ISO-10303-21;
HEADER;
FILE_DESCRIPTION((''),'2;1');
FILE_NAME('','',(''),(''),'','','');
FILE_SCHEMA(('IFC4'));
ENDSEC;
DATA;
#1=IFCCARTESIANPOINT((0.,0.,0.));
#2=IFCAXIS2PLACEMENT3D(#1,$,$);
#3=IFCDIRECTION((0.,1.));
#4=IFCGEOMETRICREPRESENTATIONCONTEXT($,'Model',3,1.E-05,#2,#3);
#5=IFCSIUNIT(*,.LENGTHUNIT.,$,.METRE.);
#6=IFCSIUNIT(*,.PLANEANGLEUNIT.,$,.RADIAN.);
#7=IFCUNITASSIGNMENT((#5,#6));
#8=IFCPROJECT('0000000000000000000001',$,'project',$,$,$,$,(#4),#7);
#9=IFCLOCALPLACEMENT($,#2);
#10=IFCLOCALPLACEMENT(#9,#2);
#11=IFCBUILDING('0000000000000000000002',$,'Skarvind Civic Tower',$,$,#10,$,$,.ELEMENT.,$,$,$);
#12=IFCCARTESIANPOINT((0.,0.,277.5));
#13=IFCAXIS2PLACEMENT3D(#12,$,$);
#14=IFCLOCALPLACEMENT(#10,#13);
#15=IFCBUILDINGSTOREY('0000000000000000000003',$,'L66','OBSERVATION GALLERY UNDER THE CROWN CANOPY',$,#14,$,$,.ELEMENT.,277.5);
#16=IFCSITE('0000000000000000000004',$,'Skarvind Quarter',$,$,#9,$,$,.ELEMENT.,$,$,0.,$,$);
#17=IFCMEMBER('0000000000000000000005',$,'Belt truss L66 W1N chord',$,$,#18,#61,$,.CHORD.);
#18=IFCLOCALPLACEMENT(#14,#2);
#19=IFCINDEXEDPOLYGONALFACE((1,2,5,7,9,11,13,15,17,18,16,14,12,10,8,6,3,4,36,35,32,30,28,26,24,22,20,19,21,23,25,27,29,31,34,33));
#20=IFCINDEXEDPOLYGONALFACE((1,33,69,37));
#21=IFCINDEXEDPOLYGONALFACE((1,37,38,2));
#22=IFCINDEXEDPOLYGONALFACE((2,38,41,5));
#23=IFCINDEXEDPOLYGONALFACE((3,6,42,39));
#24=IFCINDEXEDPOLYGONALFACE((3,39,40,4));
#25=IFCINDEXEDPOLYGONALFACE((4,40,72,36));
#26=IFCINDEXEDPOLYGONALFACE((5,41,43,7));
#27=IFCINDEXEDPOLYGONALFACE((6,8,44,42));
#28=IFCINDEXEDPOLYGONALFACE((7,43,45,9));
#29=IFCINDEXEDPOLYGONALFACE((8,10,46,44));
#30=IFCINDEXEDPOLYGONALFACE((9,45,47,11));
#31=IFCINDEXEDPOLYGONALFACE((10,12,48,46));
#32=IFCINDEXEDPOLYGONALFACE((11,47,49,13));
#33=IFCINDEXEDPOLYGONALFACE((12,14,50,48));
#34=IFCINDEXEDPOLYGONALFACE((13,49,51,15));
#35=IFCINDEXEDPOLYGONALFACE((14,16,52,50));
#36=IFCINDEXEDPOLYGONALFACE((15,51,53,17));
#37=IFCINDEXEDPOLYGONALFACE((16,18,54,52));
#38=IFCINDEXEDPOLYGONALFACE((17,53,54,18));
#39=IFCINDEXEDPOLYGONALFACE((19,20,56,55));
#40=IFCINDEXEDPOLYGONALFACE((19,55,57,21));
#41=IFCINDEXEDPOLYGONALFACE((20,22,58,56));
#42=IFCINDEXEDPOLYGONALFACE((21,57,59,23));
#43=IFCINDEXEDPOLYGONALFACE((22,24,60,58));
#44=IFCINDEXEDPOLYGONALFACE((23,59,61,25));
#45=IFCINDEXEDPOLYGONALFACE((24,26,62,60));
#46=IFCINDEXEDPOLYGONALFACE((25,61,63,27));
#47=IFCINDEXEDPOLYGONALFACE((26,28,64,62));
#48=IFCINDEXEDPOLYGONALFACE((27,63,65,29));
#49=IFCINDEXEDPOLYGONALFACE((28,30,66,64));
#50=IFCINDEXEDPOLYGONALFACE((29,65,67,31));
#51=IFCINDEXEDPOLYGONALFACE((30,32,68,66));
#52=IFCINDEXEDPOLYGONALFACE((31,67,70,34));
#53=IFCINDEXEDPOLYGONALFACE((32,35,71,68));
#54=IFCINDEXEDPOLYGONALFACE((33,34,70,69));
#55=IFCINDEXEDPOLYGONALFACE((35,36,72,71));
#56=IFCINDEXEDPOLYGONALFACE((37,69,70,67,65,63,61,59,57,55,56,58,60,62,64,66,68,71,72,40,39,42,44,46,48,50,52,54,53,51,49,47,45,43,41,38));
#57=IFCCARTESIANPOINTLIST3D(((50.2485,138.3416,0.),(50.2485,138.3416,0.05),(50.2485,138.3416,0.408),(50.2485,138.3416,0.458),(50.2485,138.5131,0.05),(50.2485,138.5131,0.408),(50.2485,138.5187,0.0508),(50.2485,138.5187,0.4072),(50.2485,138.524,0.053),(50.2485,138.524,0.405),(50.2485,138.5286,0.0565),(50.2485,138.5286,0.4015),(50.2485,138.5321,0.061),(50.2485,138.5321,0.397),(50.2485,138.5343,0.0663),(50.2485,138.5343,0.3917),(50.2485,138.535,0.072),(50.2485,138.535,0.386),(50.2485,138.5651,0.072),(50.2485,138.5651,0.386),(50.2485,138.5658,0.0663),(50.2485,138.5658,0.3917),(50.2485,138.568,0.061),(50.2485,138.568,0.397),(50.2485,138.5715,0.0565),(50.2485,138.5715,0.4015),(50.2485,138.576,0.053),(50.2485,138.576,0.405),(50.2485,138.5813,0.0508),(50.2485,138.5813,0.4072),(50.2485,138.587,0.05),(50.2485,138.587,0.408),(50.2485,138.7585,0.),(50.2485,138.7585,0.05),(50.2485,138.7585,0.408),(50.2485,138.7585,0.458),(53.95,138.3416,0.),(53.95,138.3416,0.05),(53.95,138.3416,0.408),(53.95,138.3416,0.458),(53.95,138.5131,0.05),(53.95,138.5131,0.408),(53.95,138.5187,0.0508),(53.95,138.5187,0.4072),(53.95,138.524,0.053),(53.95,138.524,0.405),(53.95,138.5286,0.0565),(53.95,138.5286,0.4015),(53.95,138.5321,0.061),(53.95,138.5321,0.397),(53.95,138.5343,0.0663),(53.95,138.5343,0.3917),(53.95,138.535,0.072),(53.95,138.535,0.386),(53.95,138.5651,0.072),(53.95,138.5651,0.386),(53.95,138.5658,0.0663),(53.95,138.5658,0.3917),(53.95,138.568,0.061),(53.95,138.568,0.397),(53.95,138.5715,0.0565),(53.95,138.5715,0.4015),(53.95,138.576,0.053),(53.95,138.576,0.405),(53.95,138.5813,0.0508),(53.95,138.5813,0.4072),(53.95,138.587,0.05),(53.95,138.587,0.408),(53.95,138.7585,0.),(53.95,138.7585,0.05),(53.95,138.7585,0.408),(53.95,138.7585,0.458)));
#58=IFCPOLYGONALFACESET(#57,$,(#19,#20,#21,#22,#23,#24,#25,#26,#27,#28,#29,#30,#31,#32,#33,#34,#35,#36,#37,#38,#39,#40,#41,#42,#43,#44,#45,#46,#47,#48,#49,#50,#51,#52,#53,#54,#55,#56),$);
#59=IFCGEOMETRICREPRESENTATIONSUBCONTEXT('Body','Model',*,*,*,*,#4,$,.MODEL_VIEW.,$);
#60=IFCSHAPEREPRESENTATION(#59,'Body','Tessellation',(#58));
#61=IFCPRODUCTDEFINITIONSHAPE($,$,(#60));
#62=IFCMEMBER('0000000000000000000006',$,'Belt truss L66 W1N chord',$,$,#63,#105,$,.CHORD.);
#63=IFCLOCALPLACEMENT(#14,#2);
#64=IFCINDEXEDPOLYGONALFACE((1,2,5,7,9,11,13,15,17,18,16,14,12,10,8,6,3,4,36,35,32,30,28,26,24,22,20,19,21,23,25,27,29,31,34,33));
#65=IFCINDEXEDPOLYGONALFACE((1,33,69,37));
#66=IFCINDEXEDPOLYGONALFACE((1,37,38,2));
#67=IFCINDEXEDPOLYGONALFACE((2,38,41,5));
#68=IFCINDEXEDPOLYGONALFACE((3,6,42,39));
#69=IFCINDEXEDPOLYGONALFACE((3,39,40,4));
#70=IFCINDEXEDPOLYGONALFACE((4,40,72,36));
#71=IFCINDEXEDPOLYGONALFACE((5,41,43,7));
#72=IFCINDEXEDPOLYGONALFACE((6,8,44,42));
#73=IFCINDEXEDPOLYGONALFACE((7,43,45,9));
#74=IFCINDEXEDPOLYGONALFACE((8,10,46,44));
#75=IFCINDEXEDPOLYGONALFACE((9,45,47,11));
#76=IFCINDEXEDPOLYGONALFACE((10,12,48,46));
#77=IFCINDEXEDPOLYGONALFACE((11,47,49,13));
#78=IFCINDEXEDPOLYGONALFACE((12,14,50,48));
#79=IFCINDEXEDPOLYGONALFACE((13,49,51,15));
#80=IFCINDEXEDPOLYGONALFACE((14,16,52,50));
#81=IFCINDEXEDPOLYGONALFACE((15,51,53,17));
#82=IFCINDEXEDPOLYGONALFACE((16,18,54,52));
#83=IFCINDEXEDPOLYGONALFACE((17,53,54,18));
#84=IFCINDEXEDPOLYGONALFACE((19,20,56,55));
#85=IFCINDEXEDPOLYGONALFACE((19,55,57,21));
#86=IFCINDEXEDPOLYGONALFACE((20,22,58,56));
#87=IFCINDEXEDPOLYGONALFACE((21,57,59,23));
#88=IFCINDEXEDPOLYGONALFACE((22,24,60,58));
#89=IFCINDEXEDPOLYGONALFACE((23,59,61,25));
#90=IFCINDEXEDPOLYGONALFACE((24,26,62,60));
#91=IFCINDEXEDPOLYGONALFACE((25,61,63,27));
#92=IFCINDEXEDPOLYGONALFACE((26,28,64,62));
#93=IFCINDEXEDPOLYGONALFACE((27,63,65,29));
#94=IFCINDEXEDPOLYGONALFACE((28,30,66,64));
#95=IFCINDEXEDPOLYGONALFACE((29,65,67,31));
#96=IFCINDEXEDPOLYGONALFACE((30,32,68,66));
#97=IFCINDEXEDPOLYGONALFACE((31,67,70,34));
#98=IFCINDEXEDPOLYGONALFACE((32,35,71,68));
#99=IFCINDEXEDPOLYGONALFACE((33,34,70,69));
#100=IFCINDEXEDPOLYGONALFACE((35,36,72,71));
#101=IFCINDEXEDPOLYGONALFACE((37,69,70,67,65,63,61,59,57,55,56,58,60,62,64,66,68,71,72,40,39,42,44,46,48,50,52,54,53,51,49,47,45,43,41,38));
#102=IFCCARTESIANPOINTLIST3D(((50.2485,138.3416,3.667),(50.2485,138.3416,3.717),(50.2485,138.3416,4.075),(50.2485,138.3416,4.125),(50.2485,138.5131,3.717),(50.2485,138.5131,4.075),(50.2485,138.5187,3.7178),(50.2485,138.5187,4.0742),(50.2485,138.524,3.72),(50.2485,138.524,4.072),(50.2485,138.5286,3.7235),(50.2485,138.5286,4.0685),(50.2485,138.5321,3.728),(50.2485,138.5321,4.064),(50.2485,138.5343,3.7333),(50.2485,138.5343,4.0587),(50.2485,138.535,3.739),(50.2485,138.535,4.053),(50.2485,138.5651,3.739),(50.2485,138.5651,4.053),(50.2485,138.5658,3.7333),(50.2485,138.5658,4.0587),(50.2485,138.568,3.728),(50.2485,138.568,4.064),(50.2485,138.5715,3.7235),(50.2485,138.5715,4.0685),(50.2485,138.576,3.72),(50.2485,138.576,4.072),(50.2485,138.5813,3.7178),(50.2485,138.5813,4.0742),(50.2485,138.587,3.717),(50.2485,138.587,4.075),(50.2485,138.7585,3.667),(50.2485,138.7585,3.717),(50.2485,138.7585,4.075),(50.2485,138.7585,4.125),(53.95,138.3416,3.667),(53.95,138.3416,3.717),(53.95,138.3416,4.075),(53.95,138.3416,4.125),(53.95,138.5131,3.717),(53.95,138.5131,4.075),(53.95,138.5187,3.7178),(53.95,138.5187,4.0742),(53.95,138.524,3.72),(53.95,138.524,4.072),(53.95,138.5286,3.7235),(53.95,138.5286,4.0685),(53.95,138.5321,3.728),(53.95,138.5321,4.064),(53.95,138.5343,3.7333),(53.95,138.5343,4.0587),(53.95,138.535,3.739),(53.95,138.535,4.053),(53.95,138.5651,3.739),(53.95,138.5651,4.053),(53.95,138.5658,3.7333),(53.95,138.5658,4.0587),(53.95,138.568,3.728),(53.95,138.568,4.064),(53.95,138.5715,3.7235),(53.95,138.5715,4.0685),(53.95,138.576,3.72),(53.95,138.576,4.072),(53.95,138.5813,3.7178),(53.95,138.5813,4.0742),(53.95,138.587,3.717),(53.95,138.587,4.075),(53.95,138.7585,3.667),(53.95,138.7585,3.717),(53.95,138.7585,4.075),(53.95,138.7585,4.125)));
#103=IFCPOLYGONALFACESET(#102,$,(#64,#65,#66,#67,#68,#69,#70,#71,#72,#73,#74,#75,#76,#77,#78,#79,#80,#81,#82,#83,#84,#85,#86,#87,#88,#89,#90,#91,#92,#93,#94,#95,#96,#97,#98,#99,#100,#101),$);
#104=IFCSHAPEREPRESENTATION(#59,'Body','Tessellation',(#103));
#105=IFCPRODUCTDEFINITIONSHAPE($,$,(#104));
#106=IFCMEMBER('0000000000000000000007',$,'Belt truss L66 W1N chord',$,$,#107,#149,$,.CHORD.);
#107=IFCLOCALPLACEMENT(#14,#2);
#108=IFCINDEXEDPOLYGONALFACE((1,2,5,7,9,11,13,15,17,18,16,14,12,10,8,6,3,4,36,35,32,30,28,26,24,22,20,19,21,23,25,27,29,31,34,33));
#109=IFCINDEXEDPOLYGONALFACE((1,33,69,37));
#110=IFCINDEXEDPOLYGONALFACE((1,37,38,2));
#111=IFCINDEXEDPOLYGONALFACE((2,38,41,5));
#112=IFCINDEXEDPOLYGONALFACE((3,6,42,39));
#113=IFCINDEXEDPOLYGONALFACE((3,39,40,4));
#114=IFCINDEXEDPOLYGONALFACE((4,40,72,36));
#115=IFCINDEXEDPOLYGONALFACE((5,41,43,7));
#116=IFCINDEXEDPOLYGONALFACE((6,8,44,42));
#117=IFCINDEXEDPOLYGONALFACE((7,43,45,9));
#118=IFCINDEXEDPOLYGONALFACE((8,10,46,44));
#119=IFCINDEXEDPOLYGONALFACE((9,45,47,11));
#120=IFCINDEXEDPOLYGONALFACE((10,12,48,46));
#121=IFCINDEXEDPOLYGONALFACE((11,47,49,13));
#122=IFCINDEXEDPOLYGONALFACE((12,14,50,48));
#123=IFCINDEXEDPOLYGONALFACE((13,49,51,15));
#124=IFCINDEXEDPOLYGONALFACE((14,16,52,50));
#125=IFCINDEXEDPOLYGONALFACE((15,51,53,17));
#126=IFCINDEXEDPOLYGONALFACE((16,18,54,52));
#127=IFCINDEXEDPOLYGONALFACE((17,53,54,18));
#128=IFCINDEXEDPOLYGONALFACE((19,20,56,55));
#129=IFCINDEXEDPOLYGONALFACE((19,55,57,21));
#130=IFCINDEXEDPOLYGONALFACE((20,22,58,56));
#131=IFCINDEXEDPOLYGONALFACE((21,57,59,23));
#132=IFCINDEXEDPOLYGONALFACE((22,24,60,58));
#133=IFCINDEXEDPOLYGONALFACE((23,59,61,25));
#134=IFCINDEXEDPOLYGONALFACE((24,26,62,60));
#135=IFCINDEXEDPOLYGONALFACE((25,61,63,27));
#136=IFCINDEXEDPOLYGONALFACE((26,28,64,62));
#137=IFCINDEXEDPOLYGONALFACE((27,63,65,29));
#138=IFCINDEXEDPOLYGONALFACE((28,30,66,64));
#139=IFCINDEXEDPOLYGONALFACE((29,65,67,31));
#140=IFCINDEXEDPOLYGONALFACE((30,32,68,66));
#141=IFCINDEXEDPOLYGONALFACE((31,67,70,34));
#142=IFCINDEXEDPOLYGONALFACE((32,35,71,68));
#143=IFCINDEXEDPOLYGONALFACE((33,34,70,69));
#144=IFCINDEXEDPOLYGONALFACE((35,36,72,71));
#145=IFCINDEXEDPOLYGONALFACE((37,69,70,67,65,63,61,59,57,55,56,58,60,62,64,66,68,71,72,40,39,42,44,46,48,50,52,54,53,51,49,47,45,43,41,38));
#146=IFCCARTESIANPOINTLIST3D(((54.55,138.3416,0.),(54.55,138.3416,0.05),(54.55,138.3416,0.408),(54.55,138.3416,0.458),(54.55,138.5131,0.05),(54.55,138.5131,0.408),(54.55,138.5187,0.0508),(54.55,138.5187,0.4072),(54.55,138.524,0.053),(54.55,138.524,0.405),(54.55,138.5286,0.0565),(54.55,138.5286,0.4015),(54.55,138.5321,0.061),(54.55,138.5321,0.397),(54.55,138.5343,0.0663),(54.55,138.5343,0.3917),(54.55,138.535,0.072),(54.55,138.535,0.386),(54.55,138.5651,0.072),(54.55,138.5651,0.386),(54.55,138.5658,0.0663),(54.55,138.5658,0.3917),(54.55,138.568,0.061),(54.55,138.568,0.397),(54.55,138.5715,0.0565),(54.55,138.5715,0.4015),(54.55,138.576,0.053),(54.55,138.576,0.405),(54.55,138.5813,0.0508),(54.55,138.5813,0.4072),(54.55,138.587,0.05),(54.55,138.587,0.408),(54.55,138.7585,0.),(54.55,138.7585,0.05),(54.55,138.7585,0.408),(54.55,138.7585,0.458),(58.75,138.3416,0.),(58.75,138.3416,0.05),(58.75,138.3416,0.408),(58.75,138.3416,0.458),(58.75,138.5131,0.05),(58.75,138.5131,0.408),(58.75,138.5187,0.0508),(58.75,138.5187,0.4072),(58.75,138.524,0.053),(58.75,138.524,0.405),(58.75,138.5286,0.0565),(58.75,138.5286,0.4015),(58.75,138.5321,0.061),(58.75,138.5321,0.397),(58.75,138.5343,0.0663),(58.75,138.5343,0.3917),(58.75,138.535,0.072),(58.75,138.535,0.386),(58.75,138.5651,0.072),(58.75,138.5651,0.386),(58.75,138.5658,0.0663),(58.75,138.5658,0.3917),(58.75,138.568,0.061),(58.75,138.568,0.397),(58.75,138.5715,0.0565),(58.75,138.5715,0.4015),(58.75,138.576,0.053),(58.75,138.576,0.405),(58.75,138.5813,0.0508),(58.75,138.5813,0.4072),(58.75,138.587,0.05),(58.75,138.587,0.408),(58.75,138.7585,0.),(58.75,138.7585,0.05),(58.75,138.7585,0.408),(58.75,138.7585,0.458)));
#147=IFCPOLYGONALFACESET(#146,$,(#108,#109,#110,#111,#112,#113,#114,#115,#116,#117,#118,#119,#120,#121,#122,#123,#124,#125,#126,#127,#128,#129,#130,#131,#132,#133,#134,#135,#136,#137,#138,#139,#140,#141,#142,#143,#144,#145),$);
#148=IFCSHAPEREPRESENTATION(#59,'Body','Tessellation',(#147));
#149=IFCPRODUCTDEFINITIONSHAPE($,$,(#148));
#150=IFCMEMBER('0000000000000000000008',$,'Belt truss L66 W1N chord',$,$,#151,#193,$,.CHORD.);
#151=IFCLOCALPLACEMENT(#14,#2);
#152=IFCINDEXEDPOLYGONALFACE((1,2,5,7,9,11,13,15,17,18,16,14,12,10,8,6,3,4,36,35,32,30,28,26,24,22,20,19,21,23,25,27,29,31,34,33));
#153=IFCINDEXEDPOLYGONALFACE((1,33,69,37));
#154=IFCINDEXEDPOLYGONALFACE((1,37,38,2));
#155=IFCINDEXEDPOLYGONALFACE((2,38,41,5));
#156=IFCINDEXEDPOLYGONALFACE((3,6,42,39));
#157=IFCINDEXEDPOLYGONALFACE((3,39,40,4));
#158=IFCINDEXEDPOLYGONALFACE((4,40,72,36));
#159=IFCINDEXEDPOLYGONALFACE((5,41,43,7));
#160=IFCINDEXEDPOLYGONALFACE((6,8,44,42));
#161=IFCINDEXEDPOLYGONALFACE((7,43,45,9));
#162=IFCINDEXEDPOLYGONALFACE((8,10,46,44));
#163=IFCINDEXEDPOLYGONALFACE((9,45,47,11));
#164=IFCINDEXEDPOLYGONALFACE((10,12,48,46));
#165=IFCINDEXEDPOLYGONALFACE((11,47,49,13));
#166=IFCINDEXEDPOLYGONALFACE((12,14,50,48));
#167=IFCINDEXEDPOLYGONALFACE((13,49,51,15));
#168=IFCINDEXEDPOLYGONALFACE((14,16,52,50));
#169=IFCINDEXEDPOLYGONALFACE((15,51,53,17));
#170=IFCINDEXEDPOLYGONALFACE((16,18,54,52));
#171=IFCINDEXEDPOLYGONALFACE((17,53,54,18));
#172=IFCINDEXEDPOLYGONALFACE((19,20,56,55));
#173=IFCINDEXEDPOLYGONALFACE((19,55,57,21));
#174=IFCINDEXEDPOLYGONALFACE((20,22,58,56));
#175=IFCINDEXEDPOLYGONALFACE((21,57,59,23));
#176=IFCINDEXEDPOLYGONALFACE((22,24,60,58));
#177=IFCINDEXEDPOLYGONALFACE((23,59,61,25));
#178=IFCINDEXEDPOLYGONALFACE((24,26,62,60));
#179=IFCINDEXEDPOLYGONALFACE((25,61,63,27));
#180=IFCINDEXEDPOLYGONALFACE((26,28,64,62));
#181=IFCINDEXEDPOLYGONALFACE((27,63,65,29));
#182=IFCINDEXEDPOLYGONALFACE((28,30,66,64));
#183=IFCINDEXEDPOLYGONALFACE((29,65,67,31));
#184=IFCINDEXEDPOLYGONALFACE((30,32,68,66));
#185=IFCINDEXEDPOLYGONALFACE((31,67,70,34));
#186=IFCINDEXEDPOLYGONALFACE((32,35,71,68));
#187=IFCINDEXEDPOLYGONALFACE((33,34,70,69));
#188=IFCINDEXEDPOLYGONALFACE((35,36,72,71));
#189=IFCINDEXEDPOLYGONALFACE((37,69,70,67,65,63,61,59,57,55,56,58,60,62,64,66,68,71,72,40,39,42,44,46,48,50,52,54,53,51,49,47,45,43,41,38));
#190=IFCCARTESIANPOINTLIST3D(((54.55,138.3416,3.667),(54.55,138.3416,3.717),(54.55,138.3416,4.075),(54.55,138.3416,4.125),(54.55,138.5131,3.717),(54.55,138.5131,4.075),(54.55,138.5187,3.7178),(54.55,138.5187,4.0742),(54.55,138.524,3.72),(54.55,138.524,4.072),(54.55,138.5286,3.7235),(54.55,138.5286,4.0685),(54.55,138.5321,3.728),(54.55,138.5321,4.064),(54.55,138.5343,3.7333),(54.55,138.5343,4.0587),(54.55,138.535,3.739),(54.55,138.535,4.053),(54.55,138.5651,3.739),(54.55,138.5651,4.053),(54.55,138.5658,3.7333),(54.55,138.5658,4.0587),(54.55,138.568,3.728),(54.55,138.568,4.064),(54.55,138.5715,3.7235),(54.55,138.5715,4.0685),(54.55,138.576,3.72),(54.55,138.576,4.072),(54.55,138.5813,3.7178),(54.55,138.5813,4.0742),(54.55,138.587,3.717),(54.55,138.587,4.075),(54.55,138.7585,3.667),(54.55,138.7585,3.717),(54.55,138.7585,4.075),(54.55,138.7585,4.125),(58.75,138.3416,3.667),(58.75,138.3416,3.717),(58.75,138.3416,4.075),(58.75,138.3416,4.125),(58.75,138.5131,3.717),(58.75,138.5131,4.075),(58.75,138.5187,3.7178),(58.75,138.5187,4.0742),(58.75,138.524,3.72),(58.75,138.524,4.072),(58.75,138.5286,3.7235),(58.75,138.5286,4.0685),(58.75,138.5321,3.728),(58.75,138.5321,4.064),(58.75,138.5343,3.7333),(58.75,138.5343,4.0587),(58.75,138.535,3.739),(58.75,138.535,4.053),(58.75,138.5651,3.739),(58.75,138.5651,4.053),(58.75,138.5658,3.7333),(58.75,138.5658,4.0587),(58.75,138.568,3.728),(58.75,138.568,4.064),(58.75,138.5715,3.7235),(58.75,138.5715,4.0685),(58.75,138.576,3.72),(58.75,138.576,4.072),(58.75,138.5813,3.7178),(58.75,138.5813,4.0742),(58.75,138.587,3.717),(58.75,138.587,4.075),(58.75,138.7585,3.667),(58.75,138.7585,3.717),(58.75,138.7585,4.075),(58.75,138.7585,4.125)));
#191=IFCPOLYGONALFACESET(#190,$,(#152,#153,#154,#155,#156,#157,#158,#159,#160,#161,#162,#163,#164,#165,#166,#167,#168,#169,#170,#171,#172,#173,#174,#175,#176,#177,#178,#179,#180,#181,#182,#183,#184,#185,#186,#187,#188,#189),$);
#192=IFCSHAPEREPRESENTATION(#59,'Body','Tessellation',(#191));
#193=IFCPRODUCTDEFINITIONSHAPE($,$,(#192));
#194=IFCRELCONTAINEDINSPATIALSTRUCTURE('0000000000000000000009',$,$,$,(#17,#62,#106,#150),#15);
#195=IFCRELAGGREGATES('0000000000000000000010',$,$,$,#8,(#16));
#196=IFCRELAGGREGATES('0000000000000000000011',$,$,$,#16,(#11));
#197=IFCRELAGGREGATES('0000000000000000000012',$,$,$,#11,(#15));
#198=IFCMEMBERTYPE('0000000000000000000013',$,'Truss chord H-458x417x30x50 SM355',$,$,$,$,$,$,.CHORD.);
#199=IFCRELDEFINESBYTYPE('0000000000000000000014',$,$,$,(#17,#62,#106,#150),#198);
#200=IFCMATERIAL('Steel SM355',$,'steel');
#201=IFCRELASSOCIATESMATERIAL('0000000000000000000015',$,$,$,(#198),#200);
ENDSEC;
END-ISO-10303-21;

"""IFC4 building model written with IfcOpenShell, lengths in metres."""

from ifc_helpers import new_model, si_unit, direction, frame, origin, origin_2d, place, context, subcontext, project, spatial, i_section, extrude, material, material_profile, profile_set, type_object, element, save


model = new_model("IFC4")

# Units and contexts
model_context = context("Model", 3, precision=1e-05, world=origin(), true_north=direction((0.0, 1.0)))
body_context = subcontext(model_context, "Body", "Model", "MODEL_VIEW")
ifc_project = project(units=[si_unit("LENGTHUNIT", "METRE"), si_unit("PLANEANGLEUNIT", "RADIAN")], contexts=[model_context])

# Site, building, storey
site_placement = place(None, origin())
site = spatial("IfcSite", under=ifc_project, at=site_placement, Name="Skarvind Quarter", CompositionType="ELEMENT", RefElevation=0.0)
building_placement = place(site_placement, origin())
building = spatial("IfcBuilding", under=site, at=building_placement, Name="Skarvind Civic Tower", CompositionType="ELEMENT")
storey_placement = place(building_placement, frame((0.0, 0.0, 277.5)))
storey = spatial("IfcBuildingStorey", under=building, at=storey_placement, Name="L66", Description="OBSERVATION GALLERY UNDER THE CROWN CANOPY", CompositionType="ELEMENT", Elevation=277.5)

# Members
ifc_material_1 = material(Name="Steel SM355", Category="steel")
ifc_material_profile_1 = material_profile(ifc_material_1, i_section(OverallWidth=0.417, OverallDepth=0.458, WebThickness=0.03, FlangeThickness=0.05, FilletRadius=0.022, at=origin_2d()), Name="H-458x417x30x50")
ifc_profile_set_1 = profile_set([ifc_material_profile_1], Name="Steel SM355")
member_type_1 = type_object("IfcMemberType", Name="Truss chord H-458x417x30x50 SM355", PredefinedType="CHORD", material=ifc_profile_set_1)
for number, where, z_axis, x_axis, name in (
    (1, (50.2485, 138.55, 0.229), (1.0, 0.0, 0.0), (0.0, 1.0, 0.0), "Belt truss L66 W1N chord"),
    (2, (50.2485, 138.55, 3.896), (1.0, 0.0, 0.0), (0.0, 1.0, 0.0), "Belt truss L66 W1N chord"),
):
    element("IfcMember", number, at=place(storey_placement, frame(where, z_axis=z_axis, x_axis=x_axis)), inside=storey, type_object=member_type_1, Name=name, PredefinedType="CHORD", context=body_context, shape_type="SweptSolid", body=[
        extrude(i_section(OverallWidth=0.417, OverallDepth=0.458, WebThickness=0.03, FlangeThickness=0.05, FilletRadius=0.022, at=origin_2d()), origin(), (0.0, 0.0, 1.0), 3.7014),
    ])
for number, where, z_axis, x_axis, name in (
    (3, (54.55, 138.55, 0.229), (1.0, 0.0, 0.0), (0.0, 1.0, 0.0), "Belt truss L66 W1N chord"),
    (4, (54.55, 138.55, 3.896), (1.0, 0.0, 0.0), (0.0, 1.0, 0.0), "Belt truss L66 W1N chord"),
):
    element("IfcMember", number, at=place(storey_placement, frame(where, z_axis=z_axis, x_axis=x_axis)), inside=storey, type_object=member_type_1, Name=name, PredefinedType="CHORD", context=body_context, shape_type="SweptSolid", body=[
        extrude(i_section(OverallWidth=0.417, OverallDepth=0.458, WebThickness=0.03, FlangeThickness=0.05, FilletRadius=0.022, at=origin_2d()), origin(), (0.0, 0.0, 1.0), 4.2),
    ])

save(model, "model.ifc")
